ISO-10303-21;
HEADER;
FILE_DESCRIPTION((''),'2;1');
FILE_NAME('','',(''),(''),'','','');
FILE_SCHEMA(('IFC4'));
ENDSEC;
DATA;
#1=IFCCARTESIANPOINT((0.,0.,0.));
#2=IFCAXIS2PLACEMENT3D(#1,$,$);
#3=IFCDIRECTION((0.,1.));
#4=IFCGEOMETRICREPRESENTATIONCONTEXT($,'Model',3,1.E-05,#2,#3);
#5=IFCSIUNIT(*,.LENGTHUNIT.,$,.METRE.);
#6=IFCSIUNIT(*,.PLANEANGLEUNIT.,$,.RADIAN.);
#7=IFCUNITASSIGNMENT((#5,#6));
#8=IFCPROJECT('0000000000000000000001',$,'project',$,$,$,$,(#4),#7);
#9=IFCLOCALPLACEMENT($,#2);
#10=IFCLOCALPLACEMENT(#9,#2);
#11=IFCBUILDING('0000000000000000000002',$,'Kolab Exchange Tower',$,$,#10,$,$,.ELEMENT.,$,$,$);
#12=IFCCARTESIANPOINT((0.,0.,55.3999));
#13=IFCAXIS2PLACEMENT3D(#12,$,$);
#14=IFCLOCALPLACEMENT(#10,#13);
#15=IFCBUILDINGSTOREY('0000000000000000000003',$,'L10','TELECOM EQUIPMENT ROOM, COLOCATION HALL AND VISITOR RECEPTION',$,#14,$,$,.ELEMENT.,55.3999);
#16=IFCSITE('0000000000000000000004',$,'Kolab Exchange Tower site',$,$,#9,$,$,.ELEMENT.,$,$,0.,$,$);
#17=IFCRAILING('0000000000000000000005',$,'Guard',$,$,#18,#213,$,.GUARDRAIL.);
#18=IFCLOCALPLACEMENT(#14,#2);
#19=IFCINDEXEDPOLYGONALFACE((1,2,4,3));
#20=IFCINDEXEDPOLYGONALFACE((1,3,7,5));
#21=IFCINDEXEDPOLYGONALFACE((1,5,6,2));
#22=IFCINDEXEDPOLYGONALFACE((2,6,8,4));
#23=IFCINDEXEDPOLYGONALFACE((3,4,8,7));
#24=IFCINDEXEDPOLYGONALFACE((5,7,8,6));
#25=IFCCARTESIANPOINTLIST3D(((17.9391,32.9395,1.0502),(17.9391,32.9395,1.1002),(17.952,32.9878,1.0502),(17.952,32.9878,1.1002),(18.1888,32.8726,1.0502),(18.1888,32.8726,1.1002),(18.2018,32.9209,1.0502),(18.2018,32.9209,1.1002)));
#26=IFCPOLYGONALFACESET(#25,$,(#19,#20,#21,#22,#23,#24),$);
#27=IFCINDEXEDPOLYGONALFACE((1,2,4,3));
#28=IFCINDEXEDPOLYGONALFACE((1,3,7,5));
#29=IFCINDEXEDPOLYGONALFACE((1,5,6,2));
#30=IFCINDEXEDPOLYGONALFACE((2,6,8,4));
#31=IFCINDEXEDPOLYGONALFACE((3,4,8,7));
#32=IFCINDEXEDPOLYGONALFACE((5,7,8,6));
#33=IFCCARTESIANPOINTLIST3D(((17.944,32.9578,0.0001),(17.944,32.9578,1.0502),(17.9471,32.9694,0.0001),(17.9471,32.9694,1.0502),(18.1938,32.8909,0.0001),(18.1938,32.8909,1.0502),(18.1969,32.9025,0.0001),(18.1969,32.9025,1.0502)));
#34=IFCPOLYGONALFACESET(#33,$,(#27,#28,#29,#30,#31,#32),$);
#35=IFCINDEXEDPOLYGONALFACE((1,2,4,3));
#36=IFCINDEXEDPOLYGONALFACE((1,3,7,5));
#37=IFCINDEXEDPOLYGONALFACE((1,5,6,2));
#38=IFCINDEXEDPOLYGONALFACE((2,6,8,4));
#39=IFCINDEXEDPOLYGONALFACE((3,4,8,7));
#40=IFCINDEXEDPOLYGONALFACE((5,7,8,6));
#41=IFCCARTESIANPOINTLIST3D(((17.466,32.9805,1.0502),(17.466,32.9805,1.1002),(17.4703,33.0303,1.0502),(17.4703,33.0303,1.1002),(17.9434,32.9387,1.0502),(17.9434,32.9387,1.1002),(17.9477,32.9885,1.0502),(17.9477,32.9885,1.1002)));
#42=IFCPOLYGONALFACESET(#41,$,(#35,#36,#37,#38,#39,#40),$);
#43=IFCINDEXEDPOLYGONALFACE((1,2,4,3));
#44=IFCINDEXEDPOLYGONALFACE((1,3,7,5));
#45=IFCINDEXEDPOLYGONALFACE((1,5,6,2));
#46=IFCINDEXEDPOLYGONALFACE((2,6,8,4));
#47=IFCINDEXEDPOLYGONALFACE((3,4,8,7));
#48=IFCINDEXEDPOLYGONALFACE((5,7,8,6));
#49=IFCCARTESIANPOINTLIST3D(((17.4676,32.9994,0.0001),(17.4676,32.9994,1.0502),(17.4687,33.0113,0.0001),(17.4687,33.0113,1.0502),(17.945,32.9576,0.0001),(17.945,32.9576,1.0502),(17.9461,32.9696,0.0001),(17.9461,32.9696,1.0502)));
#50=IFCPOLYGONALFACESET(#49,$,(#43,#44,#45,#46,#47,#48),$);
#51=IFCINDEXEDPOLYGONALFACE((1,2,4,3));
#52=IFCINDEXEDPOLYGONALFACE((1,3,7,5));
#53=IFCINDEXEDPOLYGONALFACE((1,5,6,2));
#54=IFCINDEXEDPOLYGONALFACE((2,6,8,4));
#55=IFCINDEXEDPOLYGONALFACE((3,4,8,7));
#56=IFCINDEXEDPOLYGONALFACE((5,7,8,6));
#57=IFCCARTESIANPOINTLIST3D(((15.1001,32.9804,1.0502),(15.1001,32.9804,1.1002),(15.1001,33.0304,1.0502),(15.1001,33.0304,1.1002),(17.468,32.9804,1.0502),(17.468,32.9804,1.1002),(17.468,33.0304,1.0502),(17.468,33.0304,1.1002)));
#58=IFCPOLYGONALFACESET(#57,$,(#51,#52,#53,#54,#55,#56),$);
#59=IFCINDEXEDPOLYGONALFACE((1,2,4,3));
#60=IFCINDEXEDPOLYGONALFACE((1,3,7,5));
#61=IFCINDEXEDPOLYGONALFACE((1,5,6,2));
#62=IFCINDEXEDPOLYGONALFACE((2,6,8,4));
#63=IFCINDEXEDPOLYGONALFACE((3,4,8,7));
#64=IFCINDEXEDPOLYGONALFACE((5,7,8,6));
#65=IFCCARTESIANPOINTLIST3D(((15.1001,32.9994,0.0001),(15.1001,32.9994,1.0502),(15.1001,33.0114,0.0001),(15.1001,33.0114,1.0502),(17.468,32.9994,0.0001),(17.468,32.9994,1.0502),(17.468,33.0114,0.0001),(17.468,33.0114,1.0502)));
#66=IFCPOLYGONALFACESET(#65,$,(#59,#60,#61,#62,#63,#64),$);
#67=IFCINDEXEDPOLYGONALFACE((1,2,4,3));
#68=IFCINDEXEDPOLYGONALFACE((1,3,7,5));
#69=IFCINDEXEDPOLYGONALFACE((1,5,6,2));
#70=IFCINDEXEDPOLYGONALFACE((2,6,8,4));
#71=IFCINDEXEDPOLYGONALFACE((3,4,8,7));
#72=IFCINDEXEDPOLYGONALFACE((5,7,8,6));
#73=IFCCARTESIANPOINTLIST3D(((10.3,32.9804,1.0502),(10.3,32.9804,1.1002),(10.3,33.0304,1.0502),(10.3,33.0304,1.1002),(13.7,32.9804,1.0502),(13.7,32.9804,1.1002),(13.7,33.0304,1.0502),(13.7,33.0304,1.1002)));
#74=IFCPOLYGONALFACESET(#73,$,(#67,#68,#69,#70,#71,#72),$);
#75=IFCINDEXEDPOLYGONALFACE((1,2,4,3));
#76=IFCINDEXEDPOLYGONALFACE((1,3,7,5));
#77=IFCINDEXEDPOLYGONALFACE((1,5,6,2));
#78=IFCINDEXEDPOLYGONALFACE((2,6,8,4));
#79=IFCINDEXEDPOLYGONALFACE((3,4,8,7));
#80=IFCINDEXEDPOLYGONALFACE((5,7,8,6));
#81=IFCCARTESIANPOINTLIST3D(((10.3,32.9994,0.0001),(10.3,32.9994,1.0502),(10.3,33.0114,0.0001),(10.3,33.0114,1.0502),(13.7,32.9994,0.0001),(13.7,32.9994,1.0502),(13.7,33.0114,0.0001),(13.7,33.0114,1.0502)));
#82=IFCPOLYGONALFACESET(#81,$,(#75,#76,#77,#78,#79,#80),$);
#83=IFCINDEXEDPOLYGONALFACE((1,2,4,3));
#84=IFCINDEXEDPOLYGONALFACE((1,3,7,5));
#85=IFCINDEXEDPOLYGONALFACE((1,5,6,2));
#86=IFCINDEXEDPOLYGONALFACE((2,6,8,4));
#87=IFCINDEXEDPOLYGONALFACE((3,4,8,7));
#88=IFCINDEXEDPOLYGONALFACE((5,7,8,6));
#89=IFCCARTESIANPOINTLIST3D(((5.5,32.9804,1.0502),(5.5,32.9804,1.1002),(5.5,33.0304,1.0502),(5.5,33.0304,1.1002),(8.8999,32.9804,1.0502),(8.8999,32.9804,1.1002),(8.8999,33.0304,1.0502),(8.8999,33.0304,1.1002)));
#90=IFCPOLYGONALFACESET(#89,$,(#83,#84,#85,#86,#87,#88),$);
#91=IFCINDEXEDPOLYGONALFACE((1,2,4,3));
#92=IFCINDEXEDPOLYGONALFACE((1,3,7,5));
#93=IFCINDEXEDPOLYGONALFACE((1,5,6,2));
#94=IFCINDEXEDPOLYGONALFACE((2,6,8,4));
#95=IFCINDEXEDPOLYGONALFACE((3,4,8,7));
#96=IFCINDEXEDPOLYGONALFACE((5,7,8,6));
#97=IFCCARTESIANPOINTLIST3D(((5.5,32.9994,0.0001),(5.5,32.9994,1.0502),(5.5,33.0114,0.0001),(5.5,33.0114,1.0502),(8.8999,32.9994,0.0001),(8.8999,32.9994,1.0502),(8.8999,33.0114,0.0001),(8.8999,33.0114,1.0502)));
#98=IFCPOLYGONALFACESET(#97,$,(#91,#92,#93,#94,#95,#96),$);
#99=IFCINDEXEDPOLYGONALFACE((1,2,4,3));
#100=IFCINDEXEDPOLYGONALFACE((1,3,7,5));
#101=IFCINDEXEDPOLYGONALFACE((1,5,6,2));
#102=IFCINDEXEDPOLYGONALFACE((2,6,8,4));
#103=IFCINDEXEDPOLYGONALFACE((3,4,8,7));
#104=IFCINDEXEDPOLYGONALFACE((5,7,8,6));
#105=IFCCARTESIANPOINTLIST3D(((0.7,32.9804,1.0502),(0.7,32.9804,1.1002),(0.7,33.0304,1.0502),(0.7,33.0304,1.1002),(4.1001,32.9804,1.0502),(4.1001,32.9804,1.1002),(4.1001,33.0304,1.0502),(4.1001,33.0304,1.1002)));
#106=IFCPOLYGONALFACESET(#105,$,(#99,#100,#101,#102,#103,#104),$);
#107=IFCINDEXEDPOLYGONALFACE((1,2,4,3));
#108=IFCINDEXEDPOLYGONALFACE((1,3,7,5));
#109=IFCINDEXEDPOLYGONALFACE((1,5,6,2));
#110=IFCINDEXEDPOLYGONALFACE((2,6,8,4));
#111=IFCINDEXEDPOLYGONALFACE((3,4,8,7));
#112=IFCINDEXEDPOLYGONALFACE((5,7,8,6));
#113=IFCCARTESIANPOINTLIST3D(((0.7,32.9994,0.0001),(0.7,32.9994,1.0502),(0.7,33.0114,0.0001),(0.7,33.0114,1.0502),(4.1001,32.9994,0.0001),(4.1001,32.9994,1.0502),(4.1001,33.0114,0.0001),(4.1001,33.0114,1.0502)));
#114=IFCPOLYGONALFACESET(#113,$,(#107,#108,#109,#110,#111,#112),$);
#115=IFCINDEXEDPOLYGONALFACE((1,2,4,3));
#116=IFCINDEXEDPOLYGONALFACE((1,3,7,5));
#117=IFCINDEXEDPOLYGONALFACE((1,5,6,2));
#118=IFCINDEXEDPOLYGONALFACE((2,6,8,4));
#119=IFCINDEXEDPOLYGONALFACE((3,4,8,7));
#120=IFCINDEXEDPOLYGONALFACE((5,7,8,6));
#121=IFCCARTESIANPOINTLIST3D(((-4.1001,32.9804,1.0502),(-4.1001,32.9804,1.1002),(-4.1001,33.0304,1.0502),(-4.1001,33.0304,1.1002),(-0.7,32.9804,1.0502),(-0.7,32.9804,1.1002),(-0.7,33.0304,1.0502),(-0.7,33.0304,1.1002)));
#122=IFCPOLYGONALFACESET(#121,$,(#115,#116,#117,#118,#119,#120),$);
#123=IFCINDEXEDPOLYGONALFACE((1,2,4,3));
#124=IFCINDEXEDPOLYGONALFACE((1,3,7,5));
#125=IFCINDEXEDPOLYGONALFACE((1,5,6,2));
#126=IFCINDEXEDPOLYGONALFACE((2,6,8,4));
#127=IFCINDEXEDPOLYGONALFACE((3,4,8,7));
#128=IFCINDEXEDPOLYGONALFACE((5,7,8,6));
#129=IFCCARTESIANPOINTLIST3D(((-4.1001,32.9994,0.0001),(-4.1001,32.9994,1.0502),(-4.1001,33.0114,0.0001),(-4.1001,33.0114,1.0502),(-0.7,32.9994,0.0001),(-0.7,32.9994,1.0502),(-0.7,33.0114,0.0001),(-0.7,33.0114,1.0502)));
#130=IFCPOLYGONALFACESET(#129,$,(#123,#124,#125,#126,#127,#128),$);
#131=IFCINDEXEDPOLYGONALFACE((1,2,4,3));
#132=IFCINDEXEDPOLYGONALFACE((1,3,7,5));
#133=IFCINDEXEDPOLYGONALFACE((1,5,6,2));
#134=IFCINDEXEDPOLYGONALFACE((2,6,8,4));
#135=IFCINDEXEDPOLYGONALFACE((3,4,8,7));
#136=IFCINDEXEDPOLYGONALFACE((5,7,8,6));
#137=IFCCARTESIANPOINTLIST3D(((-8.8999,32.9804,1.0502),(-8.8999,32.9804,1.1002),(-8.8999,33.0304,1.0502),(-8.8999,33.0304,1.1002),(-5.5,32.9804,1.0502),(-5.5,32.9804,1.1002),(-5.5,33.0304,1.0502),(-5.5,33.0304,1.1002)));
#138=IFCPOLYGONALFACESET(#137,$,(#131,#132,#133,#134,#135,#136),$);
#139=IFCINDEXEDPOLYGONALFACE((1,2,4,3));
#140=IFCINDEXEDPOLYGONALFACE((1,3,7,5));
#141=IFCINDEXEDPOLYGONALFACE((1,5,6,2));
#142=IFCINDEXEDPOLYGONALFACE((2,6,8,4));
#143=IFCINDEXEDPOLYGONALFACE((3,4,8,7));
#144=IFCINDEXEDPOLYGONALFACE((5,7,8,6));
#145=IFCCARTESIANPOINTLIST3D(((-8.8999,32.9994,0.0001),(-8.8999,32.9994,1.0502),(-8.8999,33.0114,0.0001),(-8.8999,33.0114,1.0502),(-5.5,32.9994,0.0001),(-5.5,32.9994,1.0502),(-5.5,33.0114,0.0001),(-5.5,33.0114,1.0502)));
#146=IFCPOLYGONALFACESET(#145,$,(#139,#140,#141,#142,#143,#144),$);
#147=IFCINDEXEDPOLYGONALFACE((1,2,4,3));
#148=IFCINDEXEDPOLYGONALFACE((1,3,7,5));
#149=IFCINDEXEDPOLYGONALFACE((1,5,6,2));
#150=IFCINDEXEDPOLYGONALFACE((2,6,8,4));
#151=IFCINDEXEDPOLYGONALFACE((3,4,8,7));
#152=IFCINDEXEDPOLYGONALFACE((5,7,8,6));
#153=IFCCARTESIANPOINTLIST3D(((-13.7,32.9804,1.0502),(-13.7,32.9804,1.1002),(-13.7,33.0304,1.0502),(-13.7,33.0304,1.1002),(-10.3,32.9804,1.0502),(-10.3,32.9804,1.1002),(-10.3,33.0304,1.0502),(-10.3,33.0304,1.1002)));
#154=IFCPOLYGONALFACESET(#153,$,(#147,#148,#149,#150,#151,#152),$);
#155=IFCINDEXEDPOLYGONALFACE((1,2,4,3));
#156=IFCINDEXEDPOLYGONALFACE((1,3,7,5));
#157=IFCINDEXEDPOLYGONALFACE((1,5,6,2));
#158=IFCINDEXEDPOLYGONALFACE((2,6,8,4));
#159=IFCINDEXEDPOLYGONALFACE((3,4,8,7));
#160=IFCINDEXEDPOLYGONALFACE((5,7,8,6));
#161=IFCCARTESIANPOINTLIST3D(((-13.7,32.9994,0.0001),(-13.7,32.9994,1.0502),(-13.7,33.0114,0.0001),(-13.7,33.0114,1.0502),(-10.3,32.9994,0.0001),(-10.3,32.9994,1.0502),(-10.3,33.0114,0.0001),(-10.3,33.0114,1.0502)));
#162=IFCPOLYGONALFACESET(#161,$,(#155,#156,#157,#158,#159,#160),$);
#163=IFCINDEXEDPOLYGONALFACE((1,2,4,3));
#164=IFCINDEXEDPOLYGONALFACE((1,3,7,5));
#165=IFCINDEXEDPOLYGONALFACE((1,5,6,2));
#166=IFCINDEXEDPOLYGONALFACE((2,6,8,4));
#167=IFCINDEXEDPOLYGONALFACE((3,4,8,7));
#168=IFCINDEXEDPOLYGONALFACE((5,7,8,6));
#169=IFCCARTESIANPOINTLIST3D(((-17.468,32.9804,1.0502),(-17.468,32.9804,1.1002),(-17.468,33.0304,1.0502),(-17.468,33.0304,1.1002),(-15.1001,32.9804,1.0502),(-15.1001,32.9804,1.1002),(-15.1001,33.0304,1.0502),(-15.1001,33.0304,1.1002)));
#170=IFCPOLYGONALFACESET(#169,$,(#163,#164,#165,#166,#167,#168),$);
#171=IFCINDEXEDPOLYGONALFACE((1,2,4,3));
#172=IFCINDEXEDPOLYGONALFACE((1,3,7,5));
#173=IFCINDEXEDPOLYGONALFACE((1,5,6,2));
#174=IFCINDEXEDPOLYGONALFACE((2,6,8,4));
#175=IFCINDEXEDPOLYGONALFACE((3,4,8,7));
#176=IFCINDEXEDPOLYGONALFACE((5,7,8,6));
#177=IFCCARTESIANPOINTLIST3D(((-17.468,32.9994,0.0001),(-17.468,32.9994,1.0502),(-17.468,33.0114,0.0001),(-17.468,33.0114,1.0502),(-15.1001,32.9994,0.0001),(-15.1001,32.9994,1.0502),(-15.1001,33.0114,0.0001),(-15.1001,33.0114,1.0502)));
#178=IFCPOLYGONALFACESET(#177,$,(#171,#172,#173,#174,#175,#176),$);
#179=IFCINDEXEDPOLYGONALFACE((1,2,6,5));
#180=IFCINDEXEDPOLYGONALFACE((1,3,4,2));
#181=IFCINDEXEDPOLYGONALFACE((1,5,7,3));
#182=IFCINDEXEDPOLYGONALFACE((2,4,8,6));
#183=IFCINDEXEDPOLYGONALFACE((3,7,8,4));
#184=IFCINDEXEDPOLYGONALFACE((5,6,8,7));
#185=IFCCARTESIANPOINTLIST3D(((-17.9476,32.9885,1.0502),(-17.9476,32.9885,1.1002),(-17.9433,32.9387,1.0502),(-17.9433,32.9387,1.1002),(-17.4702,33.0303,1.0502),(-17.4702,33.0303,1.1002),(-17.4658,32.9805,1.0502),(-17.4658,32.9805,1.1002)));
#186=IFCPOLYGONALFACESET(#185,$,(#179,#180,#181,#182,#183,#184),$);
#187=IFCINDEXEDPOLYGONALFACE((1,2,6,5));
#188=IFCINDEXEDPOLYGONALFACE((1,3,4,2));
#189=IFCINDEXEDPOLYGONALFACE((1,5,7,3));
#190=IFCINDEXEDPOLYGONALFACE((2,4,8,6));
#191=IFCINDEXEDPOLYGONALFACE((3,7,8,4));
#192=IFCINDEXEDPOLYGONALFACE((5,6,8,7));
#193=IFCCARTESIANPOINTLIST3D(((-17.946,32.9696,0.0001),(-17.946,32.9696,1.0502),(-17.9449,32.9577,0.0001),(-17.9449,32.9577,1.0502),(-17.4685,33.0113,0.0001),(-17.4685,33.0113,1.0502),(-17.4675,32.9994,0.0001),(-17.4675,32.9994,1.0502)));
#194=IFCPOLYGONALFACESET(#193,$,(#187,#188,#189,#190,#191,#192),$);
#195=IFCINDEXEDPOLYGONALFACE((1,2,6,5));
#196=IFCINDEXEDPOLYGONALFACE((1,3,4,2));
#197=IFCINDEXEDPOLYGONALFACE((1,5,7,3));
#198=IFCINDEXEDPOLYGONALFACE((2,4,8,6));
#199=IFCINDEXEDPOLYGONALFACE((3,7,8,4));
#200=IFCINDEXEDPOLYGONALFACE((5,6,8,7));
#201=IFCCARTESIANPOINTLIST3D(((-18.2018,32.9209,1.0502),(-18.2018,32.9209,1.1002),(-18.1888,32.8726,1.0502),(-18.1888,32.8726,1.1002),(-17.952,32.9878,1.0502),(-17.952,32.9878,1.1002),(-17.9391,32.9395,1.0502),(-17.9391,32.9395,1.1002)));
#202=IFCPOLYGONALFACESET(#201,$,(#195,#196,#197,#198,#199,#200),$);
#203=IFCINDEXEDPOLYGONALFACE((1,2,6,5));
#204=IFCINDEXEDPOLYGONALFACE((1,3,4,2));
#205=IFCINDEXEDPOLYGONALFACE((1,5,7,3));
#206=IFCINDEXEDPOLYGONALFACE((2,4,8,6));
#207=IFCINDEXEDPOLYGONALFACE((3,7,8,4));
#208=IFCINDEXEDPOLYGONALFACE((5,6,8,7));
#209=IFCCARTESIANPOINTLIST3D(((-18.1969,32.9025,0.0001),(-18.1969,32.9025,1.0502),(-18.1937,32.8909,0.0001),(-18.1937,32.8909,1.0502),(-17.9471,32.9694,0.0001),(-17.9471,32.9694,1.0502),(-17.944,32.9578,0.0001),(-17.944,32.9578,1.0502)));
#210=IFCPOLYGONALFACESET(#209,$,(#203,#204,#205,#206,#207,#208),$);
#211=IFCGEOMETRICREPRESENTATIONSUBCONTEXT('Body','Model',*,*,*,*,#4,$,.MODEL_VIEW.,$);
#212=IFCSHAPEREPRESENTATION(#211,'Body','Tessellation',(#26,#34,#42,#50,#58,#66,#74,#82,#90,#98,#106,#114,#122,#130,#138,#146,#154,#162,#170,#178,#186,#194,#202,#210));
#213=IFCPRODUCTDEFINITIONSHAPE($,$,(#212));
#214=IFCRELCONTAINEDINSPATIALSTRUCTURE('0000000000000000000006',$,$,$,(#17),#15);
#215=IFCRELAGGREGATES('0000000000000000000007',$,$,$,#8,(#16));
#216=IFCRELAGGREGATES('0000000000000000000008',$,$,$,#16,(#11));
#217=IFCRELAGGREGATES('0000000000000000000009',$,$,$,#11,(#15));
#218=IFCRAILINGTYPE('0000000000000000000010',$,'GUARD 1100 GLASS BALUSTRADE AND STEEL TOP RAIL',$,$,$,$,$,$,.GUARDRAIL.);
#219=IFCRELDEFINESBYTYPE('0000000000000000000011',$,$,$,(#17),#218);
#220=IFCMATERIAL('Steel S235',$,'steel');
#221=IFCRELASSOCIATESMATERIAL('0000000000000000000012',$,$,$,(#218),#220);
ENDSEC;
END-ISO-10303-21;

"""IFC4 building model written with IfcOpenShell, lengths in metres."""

from ifc_helpers import new_model, si_unit, direction, frame, frame_2d, origin, origin_2d, place, context, subcontext, project, spatial, rectangle, extrude, material, type_object, element, save


model = new_model("IFC4")

# Units and contexts
model_context = context("Model", 3, precision=1e-05, world=origin(), true_north=direction((0.0, 1.0)))
body_context = subcontext(model_context, "Body", "Model", "MODEL_VIEW")
ifc_project = project(units=[si_unit("LENGTHUNIT", "METRE"), si_unit("PLANEANGLEUNIT", "RADIAN")], contexts=[model_context])

# Site, building, storey
site_placement = place(None, origin())
site = spatial("IfcSite", under=ifc_project, at=site_placement, Name="Kolab Exchange Tower site", CompositionType="ELEMENT", RefElevation=0.0)
building_placement = place(site_placement, origin())
building = spatial("IfcBuilding", under=site, at=building_placement, Name="Kolab Exchange Tower", CompositionType="ELEMENT")
storey_placement = place(building_placement, frame((0.0, 0.0, 55.3999)))
storey = spatial("IfcBuildingStorey", under=building, at=storey_placement, Name="L10", Description="TELECOM EQUIPMENT ROOM, COLOCATION HALL AND VISITOR RECEPTION", CompositionType="ELEMENT", Elevation=55.3999)

# Railing
ifc_material_1 = material(Name="Steel S235", Category="steel")
railing_type = type_object("IfcRailingType", Name="GUARD 1100 GLASS BALUSTRADE AND STEEL TOP RAIL", PredefinedType="GUARDRAIL", material=ifc_material_1)
railing_placement = place(storey_placement, frame((18.1953, 32.8967, 0.0)))
element("IfcRailing", 1, at=railing_placement, inside=storey, type_object=railing_type, Name="Guard", PredefinedType="GUARDRAIL", context=body_context, shape_type="SweptSolid", body=[
    extrude(rectangle(XDim=0.05, YDim=0.05, at=origin_2d()), frame((0.0, 0.0, 1.0752), z_axis=(-0.965952, 0.25872, 0.0), x_axis=(-0.25872, -0.965952, 0.0)), (0.0, 0.0, 1.0), 0.2585),
    extrude(rectangle(XDim=0.012, YDim=1.0501, at=frame_2d((0.0, 0.5251))), frame((0.0, 0.0, 0.0), z_axis=(-0.965952, 0.25872, 0.0), x_axis=(-0.25872, -0.965952, 0.0)), (0.0, 0.0, 1.0), 0.2585),
    extrude(rectangle(XDim=0.05, YDim=0.05, at=origin_2d()), frame((-0.2498, 0.0669, 1.0752), z_axis=(-0.9962, 0.087091, 0.0), x_axis=(-0.087091, -0.9962, 0.0)), (0.0, 0.0, 1.0), 0.4792),
    extrude(rectangle(XDim=0.012, YDim=1.0501, at=frame_2d((0.0, 0.5251))), frame((-0.2498, 0.0669, 0.0), z_axis=(-0.9962, 0.087091, 0.0), x_axis=(-0.087091, -0.9962, 0.0)), (0.0, 0.0, 1.0), 0.4792),
    extrude(rectangle(XDim=0.05, YDim=0.05, at=origin_2d()), frame((-0.7273, 0.1086, 1.0752), z_axis=(-1.0, 0.0, 0.0), x_axis=(0.0, -1.0, 0.0)), (0.0, 0.0, 1.0), 2.3679),
    extrude(rectangle(XDim=0.012, YDim=1.0501, at=frame_2d((0.0, 0.5251))), frame((-0.7273, 0.1086, 0.0), z_axis=(-1.0, 0.0, 0.0), x_axis=(0.0, -1.0, 0.0)), (0.0, 0.0, 1.0), 2.3679),
    extrude(rectangle(XDim=0.05, YDim=0.05, at=origin_2d()), frame((-4.4954, 0.1086, 1.0752), z_axis=(-1.0, 0.0, 0.0), x_axis=(0.0, -1.0, 0.0)), (0.0, 0.0, 1.0), 3.3999),
    extrude(rectangle(XDim=0.012, YDim=1.0501, at=frame_2d((0.0, 0.5251))), frame((-4.4954, 0.1086, 0.0), z_axis=(-1.0, 0.0, 0.0), x_axis=(0.0, -1.0, 0.0)), (0.0, 0.0, 1.0), 3.3999),
    extrude(rectangle(XDim=0.05, YDim=0.05, at=origin_2d()), frame((-9.2954, 0.1086, 1.0752), z_axis=(-1.0, 0.0, 0.0), x_axis=(0.0, -1.0, 0.0)), (0.0, 0.0, 1.0), 3.3999),
    extrude(rectangle(XDim=0.012, YDim=1.0501, at=frame_2d((0.0, 0.5251))), frame((-9.2954, 0.1086, 0.0), z_axis=(-1.0, 0.0, 0.0), x_axis=(0.0, -1.0, 0.0)), (0.0, 0.0, 1.0), 3.3999),
    extrude(rectangle(XDim=0.05, YDim=0.05, at=origin_2d()), frame((-14.0952, 0.1086, 1.0752), z_axis=(-1.0, 0.0, 0.0), x_axis=(0.0, -1.0, 0.0)), (0.0, 0.0, 1.0), 3.4001),
    extrude(rectangle(XDim=0.012, YDim=1.0501, at=frame_2d((0.0, 0.5251))), frame((-14.0952, 0.1086, 0.0), z_axis=(-1.0, 0.0, 0.0), x_axis=(0.0, -1.0, 0.0)), (0.0, 0.0, 1.0), 3.4001),
    extrude(rectangle(XDim=0.05, YDim=0.05, at=origin_2d()), frame((-18.8953, 0.1086, 1.0752), z_axis=(-1.0, 0.0, 0.0), x_axis=(0.0, -1.0, 0.0)), (0.0, 0.0, 1.0), 3.4001),
    extrude(rectangle(XDim=0.012, YDim=1.0501, at=frame_2d((0.0, 0.5251))), frame((-18.8953, 0.1086, 0.0), z_axis=(-1.0, 0.0, 0.0), x_axis=(0.0, -1.0, 0.0)), (0.0, 0.0, 1.0), 3.4001),
    extrude(rectangle(XDim=0.05, YDim=0.05, at=origin_2d()), frame((-23.6953, 0.1086, 1.0752), z_axis=(-1.0, 0.0, 0.0), x_axis=(0.0, -1.0, 0.0)), (0.0, 0.0, 1.0), 3.3999),
    extrude(rectangle(XDim=0.012, YDim=1.0501, at=frame_2d((0.0, 0.5251))), frame((-23.6953, 0.1086, 0.0), z_axis=(-1.0, 0.0, 0.0), x_axis=(0.0, -1.0, 0.0)), (0.0, 0.0, 1.0), 3.3999),
    extrude(rectangle(XDim=0.05, YDim=0.05, at=origin_2d()), frame((-28.4954, 0.1086, 1.0752), z_axis=(-1.0, 0.0, 0.0), x_axis=(0.0, -1.0, 0.0)), (0.0, 0.0, 1.0), 3.3999),
    extrude(rectangle(XDim=0.012, YDim=1.0501, at=frame_2d((0.0, 0.5251))), frame((-28.4954, 0.1086, 0.0), z_axis=(-1.0, 0.0, 0.0), x_axis=(0.0, -1.0, 0.0)), (0.0, 0.0, 1.0), 3.3999),
    extrude(rectangle(XDim=0.05, YDim=0.05, at=origin_2d()), frame((-33.2954, 0.1086, 1.0752), z_axis=(-1.0, 0.0, 0.0), x_axis=(0.0, -1.0, 0.0)), (0.0, 0.0, 1.0), 2.3679),
    extrude(rectangle(XDim=0.012, YDim=1.0501, at=frame_2d((0.0, 0.5251))), frame((-33.2954, 0.1086, 0.0), z_axis=(-1.0, 0.0, 0.0), x_axis=(0.0, -1.0, 0.0)), (0.0, 0.0, 1.0), 2.3679),
    extrude(rectangle(XDim=0.05, YDim=0.05, at=origin_2d()), frame((-35.6633, 0.1086, 1.0752), z_axis=(-0.9962, -0.087091, 0.0), x_axis=(0.087091, -0.9962, 0.0)), (0.0, 0.0, 1.0), 0.4792),
    extrude(rectangle(XDim=0.012, YDim=1.0501, at=frame_2d((0.0, 0.5251))), frame((-35.6633, 0.1086, 0.0), z_axis=(-0.9962, -0.087091, 0.0), x_axis=(0.087091, -0.9962, 0.0)), (0.0, 0.0, 1.0), 0.4792),
    extrude(rectangle(XDim=0.05, YDim=0.05, at=origin_2d()), frame((-36.1409, 0.0669, 1.0752), z_axis=(-0.965952, -0.25872, 0.0), x_axis=(0.25872, -0.965952, 0.0)), (0.0, 0.0, 1.0), 0.2585),
    extrude(rectangle(XDim=0.012, YDim=1.0501, at=frame_2d((0.0, 0.5251))), frame((-36.1409, 0.0669, 0.0), z_axis=(-0.965952, -0.25872, 0.0), x_axis=(0.25872, -0.965952, 0.0)), (0.0, 0.0, 1.0), 0.2585),
])

save(model, "model.ifc")
